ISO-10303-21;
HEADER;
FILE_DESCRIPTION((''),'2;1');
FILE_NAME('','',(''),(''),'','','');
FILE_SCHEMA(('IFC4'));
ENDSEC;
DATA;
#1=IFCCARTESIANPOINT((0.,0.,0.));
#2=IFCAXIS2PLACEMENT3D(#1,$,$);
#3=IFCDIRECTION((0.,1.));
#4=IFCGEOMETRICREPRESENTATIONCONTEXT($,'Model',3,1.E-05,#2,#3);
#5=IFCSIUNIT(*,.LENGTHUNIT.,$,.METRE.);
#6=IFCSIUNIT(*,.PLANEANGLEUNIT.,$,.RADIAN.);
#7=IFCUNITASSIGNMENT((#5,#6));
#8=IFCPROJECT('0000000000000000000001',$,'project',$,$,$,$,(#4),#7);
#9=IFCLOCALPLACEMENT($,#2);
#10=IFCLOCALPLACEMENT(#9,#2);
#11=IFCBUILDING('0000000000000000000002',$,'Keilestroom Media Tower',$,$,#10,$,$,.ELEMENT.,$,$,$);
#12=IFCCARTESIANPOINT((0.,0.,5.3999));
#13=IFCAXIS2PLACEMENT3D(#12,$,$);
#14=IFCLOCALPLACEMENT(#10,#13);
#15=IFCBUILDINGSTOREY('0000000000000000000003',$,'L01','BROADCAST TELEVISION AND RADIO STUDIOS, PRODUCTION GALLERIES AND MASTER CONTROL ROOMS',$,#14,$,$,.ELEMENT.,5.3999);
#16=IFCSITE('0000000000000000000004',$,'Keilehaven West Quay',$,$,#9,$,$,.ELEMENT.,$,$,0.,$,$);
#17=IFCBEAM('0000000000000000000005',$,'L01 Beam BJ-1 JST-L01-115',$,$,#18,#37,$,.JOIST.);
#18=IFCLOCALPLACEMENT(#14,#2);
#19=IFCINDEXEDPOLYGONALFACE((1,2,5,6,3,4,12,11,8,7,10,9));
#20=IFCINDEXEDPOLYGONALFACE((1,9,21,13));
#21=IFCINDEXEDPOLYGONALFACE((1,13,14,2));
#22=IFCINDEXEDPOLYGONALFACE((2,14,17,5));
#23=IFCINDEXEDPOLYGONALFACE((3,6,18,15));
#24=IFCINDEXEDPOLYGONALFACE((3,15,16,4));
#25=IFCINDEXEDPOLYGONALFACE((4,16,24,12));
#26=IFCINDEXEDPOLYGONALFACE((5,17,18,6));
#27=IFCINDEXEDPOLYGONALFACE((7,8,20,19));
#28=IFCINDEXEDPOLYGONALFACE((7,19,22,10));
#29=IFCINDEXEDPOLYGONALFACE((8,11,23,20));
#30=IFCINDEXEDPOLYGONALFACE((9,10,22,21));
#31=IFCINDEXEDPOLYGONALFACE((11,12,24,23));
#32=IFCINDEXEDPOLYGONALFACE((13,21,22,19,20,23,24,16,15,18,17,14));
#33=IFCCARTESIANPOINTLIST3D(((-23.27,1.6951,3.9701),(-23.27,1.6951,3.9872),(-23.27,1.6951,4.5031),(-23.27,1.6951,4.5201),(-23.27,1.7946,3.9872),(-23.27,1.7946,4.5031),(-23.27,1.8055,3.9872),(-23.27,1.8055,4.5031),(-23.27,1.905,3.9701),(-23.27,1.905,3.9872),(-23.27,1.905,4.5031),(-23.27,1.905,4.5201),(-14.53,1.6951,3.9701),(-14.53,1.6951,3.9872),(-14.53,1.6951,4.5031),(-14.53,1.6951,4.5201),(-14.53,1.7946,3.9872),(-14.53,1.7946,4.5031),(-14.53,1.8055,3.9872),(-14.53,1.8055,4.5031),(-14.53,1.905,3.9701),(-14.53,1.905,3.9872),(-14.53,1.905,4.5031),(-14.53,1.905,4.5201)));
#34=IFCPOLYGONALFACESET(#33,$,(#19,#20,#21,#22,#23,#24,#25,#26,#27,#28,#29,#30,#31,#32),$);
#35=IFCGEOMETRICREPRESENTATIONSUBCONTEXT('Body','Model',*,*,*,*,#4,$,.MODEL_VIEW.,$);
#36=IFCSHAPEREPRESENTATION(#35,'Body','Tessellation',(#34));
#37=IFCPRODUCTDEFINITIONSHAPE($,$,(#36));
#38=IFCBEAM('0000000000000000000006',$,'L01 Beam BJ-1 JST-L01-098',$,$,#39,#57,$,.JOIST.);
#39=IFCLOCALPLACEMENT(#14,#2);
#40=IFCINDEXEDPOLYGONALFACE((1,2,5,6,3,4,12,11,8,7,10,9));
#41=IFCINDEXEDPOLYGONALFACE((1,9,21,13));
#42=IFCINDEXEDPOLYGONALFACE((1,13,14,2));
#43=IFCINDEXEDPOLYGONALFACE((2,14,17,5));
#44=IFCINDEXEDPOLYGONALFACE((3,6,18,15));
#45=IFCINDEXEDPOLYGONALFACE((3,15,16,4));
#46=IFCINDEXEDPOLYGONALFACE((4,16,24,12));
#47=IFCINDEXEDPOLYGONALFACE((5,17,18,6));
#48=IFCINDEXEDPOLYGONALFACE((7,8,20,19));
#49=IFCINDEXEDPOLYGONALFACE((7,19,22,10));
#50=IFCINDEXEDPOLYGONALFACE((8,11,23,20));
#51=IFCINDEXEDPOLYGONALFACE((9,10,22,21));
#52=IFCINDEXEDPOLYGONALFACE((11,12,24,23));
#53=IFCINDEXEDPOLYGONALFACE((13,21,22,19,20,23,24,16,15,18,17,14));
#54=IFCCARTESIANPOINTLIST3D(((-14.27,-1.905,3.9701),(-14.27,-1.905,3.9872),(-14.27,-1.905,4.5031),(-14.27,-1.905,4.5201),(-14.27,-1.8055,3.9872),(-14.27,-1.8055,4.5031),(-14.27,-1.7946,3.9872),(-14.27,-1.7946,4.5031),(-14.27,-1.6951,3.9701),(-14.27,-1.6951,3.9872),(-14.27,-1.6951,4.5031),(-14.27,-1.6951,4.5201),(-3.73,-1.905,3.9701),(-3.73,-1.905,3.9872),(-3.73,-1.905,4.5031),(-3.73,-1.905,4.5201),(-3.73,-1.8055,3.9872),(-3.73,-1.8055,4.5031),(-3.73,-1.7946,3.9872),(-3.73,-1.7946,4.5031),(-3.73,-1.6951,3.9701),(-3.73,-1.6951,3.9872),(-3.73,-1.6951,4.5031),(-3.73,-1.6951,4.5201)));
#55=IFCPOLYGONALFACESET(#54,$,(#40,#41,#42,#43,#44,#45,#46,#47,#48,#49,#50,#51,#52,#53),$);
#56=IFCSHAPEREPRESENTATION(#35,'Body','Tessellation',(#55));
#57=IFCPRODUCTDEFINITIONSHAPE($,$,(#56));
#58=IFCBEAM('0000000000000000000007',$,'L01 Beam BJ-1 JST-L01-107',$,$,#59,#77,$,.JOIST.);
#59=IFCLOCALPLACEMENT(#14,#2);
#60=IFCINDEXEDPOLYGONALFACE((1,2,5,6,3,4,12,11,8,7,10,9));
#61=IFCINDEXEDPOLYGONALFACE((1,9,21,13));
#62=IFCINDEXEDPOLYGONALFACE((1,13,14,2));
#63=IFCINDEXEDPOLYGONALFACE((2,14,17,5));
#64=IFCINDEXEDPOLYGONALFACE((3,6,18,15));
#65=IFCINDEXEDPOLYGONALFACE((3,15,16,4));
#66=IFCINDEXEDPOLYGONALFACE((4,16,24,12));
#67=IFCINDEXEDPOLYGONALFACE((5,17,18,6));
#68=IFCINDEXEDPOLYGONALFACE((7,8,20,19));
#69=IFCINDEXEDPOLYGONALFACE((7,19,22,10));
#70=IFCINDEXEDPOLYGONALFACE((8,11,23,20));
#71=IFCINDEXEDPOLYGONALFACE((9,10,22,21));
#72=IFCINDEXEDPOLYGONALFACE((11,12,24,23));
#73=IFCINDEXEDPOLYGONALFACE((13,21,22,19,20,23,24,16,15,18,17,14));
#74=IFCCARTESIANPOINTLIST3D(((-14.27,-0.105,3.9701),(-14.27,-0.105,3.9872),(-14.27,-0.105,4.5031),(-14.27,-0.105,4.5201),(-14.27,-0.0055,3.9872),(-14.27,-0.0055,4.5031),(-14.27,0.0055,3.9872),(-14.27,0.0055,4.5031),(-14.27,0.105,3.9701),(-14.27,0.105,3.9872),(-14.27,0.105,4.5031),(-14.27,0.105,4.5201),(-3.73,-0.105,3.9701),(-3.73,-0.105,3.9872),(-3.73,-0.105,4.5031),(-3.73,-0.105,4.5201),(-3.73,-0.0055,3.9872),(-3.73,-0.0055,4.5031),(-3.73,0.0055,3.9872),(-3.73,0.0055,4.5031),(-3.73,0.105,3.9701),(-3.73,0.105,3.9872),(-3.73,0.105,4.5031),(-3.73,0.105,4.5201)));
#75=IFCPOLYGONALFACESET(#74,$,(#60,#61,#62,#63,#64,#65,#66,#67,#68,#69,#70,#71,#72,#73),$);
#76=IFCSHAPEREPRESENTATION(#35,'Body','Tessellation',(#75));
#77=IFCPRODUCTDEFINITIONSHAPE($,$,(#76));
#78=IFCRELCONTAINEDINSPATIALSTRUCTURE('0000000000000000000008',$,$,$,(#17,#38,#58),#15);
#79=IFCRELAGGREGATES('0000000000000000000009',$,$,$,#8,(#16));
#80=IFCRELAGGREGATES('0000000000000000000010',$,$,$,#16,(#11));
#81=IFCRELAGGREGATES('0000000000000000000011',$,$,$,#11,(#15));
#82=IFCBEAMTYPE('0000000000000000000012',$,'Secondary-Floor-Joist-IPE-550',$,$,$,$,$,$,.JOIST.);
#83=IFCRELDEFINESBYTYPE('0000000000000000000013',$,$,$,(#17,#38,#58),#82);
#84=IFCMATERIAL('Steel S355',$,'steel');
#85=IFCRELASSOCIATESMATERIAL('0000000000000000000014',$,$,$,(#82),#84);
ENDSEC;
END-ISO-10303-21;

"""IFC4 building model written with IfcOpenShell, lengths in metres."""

from ifc_helpers import new_model, si_unit, direction, frame, origin, origin_2d, place, context, subcontext, project, spatial, i_section, extrude, source, transform, mapped, material, material_profile, profile_set, type_object, element, save


model = new_model("IFC4")

# Units and contexts
model_context = context("Model", 3, precision=1e-05, world=origin(), true_north=direction((0.0, 1.0)))
body_context = subcontext(model_context, "Body", "Model", "MODEL_VIEW")
ifc_project = project(units=[si_unit("LENGTHUNIT", "METRE"), si_unit("PLANEANGLEUNIT", "RADIAN")], contexts=[model_context])

# Site, building, storey
site_placement = place(None, origin())
site = spatial("IfcSite", under=ifc_project, at=site_placement, Name="Keilehaven West Quay", CompositionType="ELEMENT", RefElevation=0.0)
building_placement = place(site_placement, origin())
building = spatial("IfcBuilding", under=site, at=building_placement, Name="Keilestroom Media Tower", CompositionType="ELEMENT")
storey_placement = place(building_placement, frame((0.0, 0.0, 5.3999)))
storey = spatial("IfcBuildingStorey", under=building, at=storey_placement, Name="L01", Description="BROADCAST TELEVISION AND RADIO STUDIOS, PRODUCTION GALLERIES AND MASTER CONTROL ROOMS", CompositionType="ELEMENT", Elevation=5.3999)

# Beams
ifc_material_1 = material(Name="Steel S355", Category="steel")
ifc_material_profile_1 = material_profile(ifc_material_1, i_section(OverallWidth=0.21, OverallDepth=0.55, WebThickness=0.011, FlangeThickness=0.0171, at=origin_2d()), Name="IPE 550")
ifc_profile_set_1 = profile_set([ifc_material_profile_1], Name="Steel S355")
beam_type_1 = type_object("IfcBeamType", Name="Secondary-Floor-Joist-IPE-550", PredefinedType="JOIST", material=ifc_profile_set_1)
shared_shape_1 = source(origin(), body_context, "Body", "SweptSolid", [
    extrude(i_section(OverallWidth=0.21, OverallDepth=0.55, WebThickness=0.011, FlangeThickness=0.0171, at=origin_2d()), origin(), (0.0, 0.0, 1.0), 8.74),
])
for number, where, z_axis, x_axis, name in (
    (1, (-23.27, 1.8, 4.2451), (1.0, 0.0, 0.0), (0.0, 1.0, 0.0), "L01 Beam BJ-1 JST-L01-115"),
):
    element("IfcBeam", number, at=place(storey_placement, frame(where, z_axis=z_axis, x_axis=x_axis)), inside=storey, type_object=beam_type_1, Name=name, PredefinedType="JOIST", context=body_context, shape_type="MappedRepresentation", body=[
        mapped(shared_shape_1, transform((0.0, 0.0, 0.0), x_axis=(1.0, 0.0, 0.0), y_axis=(0.0, 1.0, 0.0), z_axis=(0.0, 0.0, 1.0), scale=1.0)),
    ])
shared_shape_2 = source(origin(), body_context, "Body", "SweptSolid", [
    extrude(i_section(OverallWidth=0.21, OverallDepth=0.55, WebThickness=0.011, FlangeThickness=0.0171, at=origin_2d()), origin(), (0.0, 0.0, 1.0), 10.54),
])
for number, where, z_axis, x_axis, name in (
    (2, (-14.27, -1.8, 4.2451), (1.0, 0.0, 0.0), (0.0, 1.0, 0.0), "L01 Beam BJ-1 JST-L01-098"),
    (3, (-14.27, 0.0, 4.2451), (1.0, 0.0, 0.0), (0.0, 1.0, 0.0), "L01 Beam BJ-1 JST-L01-107"),
):
    element("IfcBeam", number, at=place(storey_placement, frame(where, z_axis=z_axis, x_axis=x_axis)), inside=storey, type_object=beam_type_1, Name=name, PredefinedType="JOIST", context=body_context, shape_type="MappedRepresentation", body=[
        mapped(shared_shape_2, transform((0.0, 0.0, 0.0), x_axis=(1.0, 0.0, 0.0), y_axis=(0.0, 1.0, 0.0), z_axis=(0.0, 0.0, 1.0), scale=1.0)),
    ])

save(model, "model.ifc")
